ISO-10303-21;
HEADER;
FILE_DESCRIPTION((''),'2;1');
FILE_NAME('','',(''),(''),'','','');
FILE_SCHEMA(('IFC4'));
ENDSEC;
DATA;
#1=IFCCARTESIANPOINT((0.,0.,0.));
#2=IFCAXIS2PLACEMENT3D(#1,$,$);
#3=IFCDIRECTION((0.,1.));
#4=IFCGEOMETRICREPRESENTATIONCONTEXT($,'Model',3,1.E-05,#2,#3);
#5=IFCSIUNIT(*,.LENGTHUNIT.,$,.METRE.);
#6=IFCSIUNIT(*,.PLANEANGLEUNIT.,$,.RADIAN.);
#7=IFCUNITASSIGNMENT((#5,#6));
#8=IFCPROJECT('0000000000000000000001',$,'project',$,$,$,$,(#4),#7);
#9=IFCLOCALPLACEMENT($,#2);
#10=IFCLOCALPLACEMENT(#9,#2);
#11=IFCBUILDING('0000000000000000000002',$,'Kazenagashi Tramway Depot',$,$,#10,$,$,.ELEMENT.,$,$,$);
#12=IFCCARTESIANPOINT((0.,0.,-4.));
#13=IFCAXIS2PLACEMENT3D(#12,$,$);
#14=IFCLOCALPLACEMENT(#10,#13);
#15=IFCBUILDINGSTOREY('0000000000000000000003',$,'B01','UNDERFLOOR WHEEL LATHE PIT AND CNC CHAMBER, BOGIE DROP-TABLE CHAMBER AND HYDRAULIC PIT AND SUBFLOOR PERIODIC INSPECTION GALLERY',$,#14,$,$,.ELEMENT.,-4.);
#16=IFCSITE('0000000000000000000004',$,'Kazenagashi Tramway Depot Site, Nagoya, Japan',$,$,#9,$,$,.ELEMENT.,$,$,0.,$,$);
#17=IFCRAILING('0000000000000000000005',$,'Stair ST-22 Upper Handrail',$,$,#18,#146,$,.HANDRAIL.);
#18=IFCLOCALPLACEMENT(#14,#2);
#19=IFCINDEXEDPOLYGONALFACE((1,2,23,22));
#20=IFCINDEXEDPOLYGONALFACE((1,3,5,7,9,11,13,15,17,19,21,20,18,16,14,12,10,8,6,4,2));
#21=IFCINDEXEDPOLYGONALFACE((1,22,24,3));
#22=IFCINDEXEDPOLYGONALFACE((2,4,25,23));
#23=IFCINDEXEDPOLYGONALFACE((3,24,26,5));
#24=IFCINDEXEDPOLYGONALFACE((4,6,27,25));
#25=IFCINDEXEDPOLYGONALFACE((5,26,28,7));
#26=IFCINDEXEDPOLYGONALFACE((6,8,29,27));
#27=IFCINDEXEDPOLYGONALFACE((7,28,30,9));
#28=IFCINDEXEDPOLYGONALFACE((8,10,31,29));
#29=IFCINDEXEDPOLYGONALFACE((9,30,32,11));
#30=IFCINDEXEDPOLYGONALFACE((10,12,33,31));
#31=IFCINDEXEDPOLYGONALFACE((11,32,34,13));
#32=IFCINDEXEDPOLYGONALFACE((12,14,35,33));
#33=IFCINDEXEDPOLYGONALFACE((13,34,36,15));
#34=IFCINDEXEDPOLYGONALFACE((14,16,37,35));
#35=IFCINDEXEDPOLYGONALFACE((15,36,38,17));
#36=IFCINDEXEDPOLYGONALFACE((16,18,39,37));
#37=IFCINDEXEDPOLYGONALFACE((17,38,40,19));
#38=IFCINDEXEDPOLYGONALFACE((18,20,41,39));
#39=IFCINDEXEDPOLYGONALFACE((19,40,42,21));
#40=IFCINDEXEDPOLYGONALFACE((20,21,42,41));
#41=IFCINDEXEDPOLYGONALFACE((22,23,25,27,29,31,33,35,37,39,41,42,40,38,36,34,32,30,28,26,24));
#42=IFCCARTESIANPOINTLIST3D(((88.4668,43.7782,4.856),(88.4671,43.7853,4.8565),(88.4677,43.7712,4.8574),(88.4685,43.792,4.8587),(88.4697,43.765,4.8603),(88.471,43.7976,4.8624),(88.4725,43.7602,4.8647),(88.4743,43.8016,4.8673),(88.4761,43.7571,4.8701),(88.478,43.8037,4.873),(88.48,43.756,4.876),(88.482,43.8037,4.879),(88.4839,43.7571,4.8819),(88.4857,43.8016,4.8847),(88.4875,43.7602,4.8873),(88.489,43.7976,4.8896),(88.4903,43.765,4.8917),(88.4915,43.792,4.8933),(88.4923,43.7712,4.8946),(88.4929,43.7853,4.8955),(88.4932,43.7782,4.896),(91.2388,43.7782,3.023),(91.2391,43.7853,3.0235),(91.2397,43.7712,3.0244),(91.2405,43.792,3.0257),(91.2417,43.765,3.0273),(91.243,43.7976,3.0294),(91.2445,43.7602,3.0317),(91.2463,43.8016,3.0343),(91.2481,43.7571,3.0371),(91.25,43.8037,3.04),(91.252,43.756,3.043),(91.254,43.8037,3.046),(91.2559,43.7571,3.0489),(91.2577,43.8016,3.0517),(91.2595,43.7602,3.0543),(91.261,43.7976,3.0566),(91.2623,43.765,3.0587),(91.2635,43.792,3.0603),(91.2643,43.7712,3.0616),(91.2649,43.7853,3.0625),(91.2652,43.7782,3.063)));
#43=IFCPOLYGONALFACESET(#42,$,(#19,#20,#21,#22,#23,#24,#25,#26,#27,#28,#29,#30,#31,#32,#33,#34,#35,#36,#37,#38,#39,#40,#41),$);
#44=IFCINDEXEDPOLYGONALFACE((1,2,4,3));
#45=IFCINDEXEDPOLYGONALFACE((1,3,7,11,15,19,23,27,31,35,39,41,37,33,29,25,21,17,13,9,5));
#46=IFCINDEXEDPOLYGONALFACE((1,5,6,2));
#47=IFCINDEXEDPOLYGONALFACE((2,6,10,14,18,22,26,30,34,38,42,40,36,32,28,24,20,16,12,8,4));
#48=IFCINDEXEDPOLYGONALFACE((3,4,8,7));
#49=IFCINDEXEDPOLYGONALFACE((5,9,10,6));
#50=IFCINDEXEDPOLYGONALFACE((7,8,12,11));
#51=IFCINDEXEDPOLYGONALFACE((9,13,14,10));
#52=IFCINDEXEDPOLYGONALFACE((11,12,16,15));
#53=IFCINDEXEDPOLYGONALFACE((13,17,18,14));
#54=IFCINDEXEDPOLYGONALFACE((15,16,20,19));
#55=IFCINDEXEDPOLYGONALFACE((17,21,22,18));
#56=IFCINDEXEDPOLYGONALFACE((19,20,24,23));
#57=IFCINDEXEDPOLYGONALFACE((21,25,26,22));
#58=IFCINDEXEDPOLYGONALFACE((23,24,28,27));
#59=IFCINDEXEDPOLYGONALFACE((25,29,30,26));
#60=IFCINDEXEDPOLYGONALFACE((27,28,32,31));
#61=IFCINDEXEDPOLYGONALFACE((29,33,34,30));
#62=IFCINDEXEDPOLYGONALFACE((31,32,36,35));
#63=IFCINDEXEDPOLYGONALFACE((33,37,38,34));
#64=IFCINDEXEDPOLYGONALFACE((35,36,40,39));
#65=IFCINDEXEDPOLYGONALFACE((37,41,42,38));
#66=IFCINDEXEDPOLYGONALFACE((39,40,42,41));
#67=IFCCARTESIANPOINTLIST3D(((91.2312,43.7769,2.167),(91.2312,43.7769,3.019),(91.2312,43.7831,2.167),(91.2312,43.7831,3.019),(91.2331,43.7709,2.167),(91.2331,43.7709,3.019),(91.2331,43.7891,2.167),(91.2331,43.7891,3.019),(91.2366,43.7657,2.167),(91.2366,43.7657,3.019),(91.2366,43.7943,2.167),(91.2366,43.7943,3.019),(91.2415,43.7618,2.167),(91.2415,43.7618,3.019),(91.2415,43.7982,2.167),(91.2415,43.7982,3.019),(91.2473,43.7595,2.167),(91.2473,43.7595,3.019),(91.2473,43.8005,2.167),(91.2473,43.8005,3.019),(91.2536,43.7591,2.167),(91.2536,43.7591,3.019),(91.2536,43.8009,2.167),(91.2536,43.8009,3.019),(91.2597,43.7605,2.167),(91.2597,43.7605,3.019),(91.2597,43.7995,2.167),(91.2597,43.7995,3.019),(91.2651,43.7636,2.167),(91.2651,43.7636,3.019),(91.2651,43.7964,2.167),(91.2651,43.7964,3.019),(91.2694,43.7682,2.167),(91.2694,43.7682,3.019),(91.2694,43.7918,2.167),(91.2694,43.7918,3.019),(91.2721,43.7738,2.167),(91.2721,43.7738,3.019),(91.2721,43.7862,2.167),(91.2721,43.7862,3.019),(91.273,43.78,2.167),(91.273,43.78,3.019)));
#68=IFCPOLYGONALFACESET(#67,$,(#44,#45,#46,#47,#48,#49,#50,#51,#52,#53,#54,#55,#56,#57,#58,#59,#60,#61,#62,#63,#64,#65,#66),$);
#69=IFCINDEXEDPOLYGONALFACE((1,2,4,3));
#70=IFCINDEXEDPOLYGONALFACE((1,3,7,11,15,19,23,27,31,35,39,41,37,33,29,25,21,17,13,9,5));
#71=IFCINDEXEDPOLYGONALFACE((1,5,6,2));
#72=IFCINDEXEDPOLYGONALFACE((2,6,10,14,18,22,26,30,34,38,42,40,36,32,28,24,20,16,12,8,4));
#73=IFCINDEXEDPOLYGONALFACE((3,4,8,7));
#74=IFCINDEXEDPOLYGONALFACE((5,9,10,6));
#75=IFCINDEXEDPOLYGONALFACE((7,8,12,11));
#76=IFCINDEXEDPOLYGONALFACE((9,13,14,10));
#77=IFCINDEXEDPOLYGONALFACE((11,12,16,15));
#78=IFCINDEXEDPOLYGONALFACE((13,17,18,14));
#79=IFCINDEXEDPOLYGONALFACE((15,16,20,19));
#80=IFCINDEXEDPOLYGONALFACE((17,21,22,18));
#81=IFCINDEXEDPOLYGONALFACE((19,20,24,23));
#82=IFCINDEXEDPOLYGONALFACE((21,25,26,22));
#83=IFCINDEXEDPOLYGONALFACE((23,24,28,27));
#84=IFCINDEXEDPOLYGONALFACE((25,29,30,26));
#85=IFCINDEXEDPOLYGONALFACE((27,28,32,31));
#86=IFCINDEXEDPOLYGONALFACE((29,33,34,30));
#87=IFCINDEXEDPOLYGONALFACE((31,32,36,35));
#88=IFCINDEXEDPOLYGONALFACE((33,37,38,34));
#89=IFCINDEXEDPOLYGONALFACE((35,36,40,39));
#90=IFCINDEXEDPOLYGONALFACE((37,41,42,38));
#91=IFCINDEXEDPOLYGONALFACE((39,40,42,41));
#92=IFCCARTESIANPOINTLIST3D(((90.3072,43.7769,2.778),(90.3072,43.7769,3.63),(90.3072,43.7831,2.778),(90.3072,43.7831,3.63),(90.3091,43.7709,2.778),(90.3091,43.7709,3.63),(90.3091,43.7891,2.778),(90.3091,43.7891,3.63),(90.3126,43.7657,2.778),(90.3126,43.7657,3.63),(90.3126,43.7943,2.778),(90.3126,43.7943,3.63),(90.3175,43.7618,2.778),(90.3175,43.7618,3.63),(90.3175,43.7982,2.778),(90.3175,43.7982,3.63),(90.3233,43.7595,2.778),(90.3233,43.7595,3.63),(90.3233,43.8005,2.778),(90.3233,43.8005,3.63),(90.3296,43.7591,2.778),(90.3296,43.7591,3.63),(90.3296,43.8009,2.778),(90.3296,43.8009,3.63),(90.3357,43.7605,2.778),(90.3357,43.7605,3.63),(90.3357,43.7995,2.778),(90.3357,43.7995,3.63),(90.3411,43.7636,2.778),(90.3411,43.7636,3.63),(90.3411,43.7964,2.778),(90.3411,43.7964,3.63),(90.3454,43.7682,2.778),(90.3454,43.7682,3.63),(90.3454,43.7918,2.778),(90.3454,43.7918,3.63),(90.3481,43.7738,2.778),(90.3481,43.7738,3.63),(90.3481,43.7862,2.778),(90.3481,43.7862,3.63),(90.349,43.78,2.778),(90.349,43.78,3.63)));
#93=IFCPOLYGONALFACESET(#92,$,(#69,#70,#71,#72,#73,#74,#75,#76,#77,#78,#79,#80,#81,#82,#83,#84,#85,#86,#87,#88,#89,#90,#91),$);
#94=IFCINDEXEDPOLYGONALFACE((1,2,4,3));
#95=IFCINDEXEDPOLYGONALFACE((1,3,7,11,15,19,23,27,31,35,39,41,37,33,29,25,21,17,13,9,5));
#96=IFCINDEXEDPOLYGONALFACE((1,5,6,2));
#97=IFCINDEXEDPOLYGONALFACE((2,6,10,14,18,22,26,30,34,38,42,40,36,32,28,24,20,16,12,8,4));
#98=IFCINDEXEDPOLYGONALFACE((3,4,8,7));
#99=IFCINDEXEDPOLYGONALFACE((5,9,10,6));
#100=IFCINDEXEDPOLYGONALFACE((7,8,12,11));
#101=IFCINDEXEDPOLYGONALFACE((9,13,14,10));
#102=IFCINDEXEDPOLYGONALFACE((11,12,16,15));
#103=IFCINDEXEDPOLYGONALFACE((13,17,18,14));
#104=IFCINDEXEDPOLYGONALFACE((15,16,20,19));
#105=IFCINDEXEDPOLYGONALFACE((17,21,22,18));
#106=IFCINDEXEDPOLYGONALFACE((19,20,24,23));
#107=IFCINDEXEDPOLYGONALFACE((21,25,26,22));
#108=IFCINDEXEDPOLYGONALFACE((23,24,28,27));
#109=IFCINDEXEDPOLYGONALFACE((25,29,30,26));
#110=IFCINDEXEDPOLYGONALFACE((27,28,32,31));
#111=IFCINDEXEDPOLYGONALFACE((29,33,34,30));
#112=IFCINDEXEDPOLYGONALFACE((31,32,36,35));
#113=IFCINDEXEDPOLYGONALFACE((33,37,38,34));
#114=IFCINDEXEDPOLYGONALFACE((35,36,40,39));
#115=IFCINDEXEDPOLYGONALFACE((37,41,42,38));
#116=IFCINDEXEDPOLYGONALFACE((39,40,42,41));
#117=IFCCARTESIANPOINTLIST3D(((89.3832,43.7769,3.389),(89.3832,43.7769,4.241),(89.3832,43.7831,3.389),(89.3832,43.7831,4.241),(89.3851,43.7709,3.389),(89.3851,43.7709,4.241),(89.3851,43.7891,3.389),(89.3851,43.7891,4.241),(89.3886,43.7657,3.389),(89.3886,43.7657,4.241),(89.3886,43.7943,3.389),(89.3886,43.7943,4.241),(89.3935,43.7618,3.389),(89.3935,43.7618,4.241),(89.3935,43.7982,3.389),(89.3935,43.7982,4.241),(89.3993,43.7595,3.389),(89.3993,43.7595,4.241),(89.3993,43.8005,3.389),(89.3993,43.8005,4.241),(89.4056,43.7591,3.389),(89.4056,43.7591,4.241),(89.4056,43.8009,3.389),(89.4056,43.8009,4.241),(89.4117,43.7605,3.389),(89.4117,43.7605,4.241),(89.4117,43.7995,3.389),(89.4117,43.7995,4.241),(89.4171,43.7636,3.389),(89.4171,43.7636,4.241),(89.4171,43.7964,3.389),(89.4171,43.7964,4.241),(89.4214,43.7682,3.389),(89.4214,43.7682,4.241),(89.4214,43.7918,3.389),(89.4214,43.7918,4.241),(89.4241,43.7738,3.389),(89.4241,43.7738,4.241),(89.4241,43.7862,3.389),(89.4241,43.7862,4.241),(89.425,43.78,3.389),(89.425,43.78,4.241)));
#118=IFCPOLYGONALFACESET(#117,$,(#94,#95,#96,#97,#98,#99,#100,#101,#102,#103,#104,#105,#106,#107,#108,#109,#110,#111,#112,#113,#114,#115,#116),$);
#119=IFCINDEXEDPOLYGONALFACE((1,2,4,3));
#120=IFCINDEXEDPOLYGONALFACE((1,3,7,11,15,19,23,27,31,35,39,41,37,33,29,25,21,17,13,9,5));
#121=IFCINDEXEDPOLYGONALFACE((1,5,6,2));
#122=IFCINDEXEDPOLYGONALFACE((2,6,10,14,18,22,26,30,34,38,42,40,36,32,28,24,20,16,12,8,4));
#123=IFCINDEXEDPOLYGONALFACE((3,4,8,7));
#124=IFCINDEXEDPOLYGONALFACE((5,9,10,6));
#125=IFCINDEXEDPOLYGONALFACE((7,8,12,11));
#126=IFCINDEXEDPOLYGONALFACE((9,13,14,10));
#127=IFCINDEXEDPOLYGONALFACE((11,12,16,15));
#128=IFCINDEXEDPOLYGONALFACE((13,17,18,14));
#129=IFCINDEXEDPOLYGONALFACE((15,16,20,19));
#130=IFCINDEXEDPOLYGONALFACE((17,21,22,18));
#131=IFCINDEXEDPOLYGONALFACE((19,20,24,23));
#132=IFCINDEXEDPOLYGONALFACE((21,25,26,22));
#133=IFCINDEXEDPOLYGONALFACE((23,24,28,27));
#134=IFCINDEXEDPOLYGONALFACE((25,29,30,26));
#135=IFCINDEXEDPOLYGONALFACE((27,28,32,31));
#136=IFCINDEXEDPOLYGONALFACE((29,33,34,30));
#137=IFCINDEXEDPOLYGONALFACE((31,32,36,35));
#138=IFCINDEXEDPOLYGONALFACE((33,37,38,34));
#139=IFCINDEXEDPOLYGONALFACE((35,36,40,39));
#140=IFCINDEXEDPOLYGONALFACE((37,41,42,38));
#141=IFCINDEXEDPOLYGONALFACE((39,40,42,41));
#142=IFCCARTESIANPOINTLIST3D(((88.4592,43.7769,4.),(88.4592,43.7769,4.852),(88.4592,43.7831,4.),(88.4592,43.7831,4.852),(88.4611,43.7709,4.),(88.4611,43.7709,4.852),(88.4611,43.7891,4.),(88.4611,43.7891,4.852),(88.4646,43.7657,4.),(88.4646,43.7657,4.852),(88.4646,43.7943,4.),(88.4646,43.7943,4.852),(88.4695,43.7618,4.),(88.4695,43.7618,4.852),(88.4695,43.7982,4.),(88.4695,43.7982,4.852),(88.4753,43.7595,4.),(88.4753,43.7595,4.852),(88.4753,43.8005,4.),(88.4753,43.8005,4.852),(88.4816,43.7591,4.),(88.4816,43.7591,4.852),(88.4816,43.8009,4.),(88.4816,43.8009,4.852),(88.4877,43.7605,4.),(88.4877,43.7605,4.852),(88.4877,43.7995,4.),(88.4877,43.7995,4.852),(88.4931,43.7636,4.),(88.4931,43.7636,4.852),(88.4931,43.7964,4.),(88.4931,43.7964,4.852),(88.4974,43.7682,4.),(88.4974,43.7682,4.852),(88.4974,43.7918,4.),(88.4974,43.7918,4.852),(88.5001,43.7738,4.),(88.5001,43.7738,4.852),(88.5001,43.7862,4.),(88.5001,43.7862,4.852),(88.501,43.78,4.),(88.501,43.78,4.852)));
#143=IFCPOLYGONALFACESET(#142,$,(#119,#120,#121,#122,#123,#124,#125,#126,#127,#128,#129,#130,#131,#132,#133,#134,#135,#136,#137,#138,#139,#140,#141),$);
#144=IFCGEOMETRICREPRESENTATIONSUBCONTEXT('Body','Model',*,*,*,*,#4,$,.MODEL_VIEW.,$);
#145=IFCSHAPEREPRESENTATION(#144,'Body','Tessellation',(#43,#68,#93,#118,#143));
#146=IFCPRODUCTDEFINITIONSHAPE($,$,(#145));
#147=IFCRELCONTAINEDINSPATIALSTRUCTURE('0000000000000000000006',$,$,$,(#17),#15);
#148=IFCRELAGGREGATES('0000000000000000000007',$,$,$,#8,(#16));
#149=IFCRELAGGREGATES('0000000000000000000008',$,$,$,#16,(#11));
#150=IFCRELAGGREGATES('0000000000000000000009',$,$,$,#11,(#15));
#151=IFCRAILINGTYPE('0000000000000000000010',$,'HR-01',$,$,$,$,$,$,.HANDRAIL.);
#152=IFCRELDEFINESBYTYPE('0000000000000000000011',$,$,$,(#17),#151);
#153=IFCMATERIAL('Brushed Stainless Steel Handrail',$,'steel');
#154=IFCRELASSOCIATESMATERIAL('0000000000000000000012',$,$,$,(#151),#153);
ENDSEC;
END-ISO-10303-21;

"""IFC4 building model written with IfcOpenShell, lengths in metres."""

from ifc_helpers import new_model, si_unit, direction, frame, origin, origin_2d, place, context, subcontext, project, spatial, circle, extrude, material, type_object, element, save


model = new_model("IFC4")

# Units and contexts
model_context = context("Model", 3, precision=1e-05, world=origin(), true_north=direction((0.0, 1.0)))
body_context = subcontext(model_context, "Body", "Model", "MODEL_VIEW")
ifc_project = project(units=[si_unit("LENGTHUNIT", "METRE"), si_unit("PLANEANGLEUNIT", "RADIAN")], contexts=[model_context])

# Site, building, storey
site_placement = place(None, origin())
site = spatial("IfcSite", under=ifc_project, at=site_placement, Name="Kazenagashi Tramway Depot Site, Nagoya, Japan", CompositionType="ELEMENT", RefElevation=0.0)
building_placement = place(site_placement, origin())
building = spatial("IfcBuilding", under=site, at=building_placement, Name="Kazenagashi Tramway Depot", CompositionType="ELEMENT")
storey_placement = place(building_placement, frame((0.0, 0.0, -4.0)))
storey = spatial("IfcBuildingStorey", under=building, at=storey_placement, Name="B01", Description="UNDERFLOOR WHEEL LATHE PIT AND CNC CHAMBER, BOGIE DROP-TABLE CHAMBER AND HYDRAULIC PIT AND SUBFLOOR PERIODIC INSPECTION GALLERY", CompositionType="ELEMENT", Elevation=-4.0)

# Railing
ifc_material_1 = material(Name="Brushed Stainless Steel Handrail", Category="steel")
railing_type = type_object("IfcRailingType", Name="HR-01", PredefinedType="HANDRAIL", material=ifc_material_1)
railing_1_placement = place(storey_placement, frame((91.252, 43.78, 2.167)))
element("IfcRailing", 1, at=railing_1_placement, inside=storey, type_object=railing_type, Name="Stair ST-22 Upper Handrail", PredefinedType="HANDRAIL", context=body_context, shape_type="SweptSolid", body=[
    extrude(circle(Radius=0.024, at=origin_2d()), frame((0.0, 0.0, 0.876), z_axis=(-0.834128, 0.0, 0.551571), x_axis=(0.0, -1.0, 0.0)), (0.0, 0.0, 1.0), 3.3232),
    extrude(circle(Radius=0.021, at=origin_2d()), origin(), (0.0, 0.0, 1.0), 0.852),
    extrude(circle(Radius=0.021, at=origin_2d()), frame((-0.924, 0.0, 0.611)), (0.0, 0.0, 1.0), 0.852),
    extrude(circle(Radius=0.021, at=origin_2d()), frame((-1.848, 0.0, 1.222)), (0.0, 0.0, 1.0), 0.852),
    extrude(circle(Radius=0.021, at=origin_2d()), frame((-2.772, 0.0, 1.833)), (0.0, 0.0, 1.0), 0.852),
])

save(model, "model.ifc")
